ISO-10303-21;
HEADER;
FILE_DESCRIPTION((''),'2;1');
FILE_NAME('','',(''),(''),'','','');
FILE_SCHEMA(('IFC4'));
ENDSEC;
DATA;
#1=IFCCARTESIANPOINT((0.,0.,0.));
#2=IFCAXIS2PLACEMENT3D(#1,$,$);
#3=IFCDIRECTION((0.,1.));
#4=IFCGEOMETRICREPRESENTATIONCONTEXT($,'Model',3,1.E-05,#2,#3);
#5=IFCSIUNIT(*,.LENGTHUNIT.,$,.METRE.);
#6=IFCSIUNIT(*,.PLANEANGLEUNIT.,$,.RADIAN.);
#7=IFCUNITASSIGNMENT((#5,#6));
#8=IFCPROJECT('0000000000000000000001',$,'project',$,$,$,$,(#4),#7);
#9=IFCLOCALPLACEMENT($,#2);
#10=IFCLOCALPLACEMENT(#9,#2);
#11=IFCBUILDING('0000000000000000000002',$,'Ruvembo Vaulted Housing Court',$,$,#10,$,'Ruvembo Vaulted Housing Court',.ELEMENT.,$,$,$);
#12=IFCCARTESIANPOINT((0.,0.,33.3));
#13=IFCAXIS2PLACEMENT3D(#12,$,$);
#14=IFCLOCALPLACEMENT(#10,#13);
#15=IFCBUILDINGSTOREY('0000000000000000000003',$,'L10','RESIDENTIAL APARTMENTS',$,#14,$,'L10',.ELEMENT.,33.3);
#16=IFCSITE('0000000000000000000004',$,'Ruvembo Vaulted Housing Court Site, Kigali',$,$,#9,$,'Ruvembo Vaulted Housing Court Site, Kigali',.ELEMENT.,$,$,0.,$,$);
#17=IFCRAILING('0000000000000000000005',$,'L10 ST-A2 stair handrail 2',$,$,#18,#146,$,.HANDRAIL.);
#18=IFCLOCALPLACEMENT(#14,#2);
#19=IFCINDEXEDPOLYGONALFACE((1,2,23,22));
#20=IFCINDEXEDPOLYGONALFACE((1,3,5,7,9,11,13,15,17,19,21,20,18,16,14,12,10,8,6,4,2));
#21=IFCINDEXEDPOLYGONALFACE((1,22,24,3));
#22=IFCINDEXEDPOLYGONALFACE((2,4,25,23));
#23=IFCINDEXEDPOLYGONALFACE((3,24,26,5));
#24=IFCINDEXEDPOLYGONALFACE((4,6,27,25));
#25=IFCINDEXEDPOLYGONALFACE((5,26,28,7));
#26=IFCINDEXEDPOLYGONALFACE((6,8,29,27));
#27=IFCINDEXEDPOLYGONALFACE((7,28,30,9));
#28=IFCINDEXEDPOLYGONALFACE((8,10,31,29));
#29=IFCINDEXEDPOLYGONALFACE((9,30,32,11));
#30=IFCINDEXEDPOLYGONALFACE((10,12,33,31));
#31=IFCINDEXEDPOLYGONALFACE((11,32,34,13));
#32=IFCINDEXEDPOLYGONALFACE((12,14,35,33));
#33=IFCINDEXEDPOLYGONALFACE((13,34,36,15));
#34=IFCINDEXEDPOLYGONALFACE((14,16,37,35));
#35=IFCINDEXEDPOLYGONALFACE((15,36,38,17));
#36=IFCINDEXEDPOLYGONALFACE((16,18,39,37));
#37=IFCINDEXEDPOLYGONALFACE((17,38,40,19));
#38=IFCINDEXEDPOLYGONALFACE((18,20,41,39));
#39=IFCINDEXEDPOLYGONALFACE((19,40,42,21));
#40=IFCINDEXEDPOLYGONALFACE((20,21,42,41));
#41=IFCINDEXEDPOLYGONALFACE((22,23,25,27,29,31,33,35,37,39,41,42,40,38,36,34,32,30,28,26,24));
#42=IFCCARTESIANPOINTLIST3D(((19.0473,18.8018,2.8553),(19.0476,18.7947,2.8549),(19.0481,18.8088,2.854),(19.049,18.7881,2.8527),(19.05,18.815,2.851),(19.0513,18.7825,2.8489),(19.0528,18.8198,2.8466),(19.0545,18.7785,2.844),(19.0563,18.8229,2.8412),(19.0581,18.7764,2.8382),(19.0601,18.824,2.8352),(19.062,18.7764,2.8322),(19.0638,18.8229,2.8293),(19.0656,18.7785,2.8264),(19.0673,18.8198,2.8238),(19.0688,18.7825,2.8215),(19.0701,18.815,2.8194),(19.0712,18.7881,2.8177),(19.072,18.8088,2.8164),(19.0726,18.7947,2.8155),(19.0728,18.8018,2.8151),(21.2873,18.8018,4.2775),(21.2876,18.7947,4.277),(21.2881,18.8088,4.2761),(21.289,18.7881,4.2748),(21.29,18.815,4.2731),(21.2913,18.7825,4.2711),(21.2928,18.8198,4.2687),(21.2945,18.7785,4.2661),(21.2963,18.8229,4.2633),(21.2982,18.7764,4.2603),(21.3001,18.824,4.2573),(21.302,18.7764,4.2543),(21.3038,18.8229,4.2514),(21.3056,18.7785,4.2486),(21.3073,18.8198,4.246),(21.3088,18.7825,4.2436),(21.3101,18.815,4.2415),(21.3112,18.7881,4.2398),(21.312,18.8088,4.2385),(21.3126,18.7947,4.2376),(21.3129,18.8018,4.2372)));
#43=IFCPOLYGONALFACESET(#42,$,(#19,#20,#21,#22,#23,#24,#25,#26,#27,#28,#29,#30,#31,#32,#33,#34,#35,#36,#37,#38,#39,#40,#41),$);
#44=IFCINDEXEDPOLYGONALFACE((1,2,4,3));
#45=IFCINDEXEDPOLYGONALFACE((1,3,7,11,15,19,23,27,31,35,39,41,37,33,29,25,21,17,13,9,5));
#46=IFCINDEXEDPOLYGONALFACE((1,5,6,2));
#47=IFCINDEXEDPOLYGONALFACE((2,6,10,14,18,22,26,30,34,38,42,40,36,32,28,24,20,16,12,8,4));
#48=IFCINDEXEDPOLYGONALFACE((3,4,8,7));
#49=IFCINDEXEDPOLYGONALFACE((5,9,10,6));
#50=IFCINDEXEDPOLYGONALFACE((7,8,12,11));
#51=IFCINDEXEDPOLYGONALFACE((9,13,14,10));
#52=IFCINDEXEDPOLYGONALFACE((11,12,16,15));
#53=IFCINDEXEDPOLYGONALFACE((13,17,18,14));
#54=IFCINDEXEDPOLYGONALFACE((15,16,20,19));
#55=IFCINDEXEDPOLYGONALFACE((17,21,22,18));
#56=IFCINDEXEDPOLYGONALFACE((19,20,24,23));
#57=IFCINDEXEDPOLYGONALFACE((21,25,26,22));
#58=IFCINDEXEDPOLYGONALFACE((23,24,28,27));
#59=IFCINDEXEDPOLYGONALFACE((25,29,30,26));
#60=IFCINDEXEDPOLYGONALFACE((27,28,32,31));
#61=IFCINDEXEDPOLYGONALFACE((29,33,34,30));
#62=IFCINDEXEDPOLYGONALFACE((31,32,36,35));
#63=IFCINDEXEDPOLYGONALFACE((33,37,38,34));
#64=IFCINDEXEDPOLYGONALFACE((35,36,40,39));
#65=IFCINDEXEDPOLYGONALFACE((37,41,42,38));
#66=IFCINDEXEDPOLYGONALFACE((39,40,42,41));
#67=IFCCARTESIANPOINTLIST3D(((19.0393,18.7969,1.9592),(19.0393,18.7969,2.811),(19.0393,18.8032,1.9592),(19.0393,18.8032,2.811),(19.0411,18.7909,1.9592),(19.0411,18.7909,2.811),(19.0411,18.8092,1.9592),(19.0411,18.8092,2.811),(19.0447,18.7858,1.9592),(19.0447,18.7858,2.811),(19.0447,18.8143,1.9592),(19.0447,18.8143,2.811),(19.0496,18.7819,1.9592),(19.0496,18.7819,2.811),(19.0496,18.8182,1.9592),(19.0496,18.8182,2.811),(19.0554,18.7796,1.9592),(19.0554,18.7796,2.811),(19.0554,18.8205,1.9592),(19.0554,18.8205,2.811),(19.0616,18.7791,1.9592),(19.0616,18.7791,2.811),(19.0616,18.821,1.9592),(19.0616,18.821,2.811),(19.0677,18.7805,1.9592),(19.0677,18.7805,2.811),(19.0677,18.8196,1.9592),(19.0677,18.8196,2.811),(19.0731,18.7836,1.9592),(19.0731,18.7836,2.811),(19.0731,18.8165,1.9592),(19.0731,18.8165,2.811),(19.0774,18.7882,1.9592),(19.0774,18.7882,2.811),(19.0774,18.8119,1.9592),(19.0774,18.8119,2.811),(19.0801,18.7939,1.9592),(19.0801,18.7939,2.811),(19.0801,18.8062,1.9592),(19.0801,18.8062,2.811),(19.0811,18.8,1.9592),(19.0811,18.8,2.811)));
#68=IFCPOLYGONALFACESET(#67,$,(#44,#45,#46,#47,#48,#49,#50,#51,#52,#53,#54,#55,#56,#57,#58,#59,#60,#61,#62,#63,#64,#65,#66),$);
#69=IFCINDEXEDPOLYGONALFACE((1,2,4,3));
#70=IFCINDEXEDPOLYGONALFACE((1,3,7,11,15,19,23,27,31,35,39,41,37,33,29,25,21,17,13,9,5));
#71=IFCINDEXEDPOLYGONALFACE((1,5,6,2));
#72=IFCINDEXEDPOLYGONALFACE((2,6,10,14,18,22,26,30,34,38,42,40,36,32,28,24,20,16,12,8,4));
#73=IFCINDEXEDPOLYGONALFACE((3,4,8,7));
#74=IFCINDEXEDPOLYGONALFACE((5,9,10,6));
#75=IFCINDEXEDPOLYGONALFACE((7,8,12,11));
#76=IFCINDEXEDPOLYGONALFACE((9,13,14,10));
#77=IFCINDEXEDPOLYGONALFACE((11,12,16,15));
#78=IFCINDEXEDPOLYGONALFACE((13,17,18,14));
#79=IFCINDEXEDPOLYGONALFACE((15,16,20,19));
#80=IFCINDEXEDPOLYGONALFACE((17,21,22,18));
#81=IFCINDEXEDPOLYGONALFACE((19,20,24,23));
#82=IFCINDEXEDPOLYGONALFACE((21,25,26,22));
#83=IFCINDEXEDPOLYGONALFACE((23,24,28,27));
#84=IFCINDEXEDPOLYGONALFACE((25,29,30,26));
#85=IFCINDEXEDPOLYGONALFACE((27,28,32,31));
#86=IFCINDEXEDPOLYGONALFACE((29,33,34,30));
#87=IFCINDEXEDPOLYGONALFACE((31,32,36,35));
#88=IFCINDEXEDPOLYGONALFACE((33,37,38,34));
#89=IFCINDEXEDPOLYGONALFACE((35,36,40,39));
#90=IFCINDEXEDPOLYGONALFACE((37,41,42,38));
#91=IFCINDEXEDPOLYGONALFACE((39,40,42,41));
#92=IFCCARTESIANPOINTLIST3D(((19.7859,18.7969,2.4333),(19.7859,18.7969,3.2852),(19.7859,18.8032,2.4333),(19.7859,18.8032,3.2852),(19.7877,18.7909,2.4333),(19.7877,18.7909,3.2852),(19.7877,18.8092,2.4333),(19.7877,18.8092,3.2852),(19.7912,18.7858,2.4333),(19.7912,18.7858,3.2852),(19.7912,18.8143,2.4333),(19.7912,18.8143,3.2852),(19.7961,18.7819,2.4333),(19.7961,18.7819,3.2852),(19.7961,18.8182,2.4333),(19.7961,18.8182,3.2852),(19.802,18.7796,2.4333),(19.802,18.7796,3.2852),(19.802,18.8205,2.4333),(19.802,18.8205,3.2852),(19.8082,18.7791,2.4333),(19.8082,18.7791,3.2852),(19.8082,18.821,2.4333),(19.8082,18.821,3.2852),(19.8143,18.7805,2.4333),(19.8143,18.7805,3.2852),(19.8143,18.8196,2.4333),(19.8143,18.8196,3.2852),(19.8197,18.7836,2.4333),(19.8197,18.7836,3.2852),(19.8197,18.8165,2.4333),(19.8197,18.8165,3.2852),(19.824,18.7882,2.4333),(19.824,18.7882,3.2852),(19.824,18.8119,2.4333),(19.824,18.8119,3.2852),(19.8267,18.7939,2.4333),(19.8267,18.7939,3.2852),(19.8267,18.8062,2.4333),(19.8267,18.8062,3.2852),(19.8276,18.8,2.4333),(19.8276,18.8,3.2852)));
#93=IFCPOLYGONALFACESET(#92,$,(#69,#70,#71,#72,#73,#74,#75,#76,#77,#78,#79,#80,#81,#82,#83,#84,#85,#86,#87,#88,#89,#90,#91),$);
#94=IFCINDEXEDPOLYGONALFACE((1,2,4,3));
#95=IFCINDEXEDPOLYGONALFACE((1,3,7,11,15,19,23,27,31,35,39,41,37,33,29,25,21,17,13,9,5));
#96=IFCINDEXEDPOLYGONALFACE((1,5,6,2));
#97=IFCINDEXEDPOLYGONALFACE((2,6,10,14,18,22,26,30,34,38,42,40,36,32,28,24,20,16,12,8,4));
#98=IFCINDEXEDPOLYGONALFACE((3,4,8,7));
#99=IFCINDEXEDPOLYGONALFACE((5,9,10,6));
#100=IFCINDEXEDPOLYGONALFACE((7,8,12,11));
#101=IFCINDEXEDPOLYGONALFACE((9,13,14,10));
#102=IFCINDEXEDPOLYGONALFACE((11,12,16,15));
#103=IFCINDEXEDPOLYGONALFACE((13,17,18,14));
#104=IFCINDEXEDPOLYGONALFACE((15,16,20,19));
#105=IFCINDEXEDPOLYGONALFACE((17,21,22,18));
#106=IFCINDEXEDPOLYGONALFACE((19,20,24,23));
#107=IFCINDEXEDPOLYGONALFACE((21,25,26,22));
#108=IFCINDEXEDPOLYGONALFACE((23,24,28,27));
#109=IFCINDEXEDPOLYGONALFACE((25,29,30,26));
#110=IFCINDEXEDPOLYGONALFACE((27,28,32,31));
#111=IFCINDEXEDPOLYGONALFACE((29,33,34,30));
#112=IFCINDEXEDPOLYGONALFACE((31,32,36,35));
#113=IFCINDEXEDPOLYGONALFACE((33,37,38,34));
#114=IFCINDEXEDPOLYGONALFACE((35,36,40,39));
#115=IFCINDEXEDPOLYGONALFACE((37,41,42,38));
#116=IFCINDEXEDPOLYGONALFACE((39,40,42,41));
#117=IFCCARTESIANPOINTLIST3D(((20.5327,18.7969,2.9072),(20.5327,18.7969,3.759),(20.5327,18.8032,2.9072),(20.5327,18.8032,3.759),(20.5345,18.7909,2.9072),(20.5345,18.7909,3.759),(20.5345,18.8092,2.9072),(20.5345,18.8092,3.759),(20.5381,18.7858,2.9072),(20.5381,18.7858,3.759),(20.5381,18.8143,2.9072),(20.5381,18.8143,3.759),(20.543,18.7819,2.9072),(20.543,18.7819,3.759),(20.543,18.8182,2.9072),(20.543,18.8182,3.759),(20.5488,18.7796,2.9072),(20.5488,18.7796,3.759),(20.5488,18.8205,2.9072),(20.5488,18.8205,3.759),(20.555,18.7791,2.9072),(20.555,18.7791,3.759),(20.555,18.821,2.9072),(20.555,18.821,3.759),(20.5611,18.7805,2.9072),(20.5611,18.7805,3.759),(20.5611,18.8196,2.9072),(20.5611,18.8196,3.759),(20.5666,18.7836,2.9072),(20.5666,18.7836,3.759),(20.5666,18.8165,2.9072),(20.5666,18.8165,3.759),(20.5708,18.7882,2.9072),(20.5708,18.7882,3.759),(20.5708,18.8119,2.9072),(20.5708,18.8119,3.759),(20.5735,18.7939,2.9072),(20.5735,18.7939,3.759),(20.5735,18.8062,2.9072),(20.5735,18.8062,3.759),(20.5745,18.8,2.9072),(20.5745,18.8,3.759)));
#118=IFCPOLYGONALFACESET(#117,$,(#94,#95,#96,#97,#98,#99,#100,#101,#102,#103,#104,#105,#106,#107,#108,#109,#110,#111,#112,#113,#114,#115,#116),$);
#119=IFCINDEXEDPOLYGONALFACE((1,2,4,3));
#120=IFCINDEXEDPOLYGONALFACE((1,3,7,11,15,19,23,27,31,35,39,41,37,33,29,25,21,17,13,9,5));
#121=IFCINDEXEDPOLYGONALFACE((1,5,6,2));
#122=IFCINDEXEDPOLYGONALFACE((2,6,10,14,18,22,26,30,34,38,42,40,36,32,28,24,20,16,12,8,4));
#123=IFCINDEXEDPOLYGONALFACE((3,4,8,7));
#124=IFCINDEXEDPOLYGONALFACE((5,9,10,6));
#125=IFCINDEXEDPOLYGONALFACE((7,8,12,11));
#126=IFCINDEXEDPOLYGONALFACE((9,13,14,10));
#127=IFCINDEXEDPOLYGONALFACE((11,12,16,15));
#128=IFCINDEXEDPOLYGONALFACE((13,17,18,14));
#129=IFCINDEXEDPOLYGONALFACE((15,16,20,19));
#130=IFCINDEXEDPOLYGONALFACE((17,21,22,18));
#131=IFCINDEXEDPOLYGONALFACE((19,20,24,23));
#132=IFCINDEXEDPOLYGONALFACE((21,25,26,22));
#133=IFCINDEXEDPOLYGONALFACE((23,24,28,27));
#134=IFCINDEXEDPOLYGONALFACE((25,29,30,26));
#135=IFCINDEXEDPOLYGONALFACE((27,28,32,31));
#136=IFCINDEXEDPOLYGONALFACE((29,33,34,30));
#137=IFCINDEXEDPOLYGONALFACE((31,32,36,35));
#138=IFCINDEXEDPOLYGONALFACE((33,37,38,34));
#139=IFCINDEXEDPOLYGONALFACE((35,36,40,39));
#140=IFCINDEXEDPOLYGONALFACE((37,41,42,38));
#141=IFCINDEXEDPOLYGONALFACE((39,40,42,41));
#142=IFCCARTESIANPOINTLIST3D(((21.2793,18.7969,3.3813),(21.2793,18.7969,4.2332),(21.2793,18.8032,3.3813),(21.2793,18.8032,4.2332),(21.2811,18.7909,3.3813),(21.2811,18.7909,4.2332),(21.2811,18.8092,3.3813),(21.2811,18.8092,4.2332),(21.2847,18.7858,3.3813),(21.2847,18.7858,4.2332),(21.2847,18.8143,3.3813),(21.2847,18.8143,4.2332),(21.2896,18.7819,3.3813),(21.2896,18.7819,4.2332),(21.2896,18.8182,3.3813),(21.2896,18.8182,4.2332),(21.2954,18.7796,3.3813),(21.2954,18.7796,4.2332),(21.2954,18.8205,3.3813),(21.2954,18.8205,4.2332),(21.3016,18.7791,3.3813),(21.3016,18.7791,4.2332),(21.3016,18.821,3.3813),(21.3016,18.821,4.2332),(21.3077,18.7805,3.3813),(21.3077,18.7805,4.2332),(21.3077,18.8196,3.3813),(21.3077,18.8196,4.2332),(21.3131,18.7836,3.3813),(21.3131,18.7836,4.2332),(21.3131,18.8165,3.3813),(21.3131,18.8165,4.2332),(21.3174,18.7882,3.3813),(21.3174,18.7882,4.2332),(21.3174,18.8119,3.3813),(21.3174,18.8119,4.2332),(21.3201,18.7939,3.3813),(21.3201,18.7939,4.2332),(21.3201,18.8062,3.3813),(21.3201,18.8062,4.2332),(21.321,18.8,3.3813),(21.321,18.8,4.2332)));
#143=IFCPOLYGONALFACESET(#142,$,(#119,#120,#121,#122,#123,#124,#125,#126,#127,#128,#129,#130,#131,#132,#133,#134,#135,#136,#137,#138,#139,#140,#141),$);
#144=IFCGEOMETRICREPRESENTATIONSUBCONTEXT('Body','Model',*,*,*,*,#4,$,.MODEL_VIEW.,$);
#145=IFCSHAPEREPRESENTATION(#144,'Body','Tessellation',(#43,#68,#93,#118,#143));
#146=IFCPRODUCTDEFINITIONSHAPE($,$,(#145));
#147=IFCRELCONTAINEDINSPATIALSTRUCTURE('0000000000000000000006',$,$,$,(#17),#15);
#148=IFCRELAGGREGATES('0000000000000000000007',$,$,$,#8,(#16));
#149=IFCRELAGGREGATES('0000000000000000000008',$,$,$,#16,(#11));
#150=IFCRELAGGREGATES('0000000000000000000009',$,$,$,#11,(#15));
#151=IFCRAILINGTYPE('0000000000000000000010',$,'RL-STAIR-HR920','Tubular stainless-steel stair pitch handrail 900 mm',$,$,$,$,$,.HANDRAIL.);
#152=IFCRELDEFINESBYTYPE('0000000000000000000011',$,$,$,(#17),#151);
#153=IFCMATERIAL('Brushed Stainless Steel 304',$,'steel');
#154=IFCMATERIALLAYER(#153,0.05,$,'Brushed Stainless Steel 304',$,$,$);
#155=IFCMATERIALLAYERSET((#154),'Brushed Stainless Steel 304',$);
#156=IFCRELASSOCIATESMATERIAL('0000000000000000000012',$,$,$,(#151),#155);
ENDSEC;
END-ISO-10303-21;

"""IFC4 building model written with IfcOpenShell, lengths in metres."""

from ifc_helpers import new_model, si_unit, direction, frame, origin, origin_2d, place, context, subcontext, project, spatial, circle, extrude, material, layer, layer_set, type_object, element, save


model = new_model("IFC4")

# Units and contexts
model_context = context("Model", 3, precision=1e-05, world=origin(), true_north=direction((0.0, 1.0)))
body_context = subcontext(model_context, "Body", "Model", "MODEL_VIEW")
ifc_project = project(units=[si_unit("LENGTHUNIT", "METRE"), si_unit("PLANEANGLEUNIT", "RADIAN")], contexts=[model_context])

# Site, building, storey
site_placement = place(None, origin())
site = spatial("IfcSite", under=ifc_project, at=site_placement, Name="Ruvembo Vaulted Housing Court Site, Kigali", LongName="Ruvembo Vaulted Housing Court Site, Kigali", CompositionType="ELEMENT", RefElevation=0.0)
building_placement = place(site_placement, origin())
building = spatial("IfcBuilding", under=site, at=building_placement, Name="Ruvembo Vaulted Housing Court", LongName="Ruvembo Vaulted Housing Court", CompositionType="ELEMENT")
storey_placement = place(building_placement, frame((0.0, 0.0, 33.3)))
storey = spatial("IfcBuildingStorey", under=building, at=storey_placement, Name="L10", Description="RESIDENTIAL APARTMENTS", LongName="L10", CompositionType="ELEMENT", Elevation=33.3)

# Railing
ifc_material_1 = material(Name="Brushed Stainless Steel 304", Category="steel")
ifc_layer_1 = layer(ifc_material_1, 0.05, Name="Brushed Stainless Steel 304")
ifc_layer_set_1 = layer_set([ifc_layer_1], Name="Brushed Stainless Steel 304")
railing_type_1 = type_object("IfcRailingType", Name="RL-STAIR-HR920", Description="Tubular stainless-steel stair pitch handrail 900 mm", PredefinedType="HANDRAIL", material=ifc_layer_set_1)
railing_1_placement = place(storey_placement, frame((19.0601, 18.8, 1.9592)))
element("IfcRailing", 1, at=railing_1_placement, inside=storey, type_object=railing_type_1, Name="L10 ST-A2 stair handrail 2", PredefinedType="HANDRAIL", context=body_context, shape_type="SweptSolid", body=[
    extrude(circle(Radius=0.0239, at=origin_2d()), frame((0.0, 0.0, 0.876), z_axis=(0.844229, 0.0, 0.535982), x_axis=(0.0, 1.0, 0.0)), (0.0, 0.0, 1.0), 2.6533),
    extrude(circle(Radius=0.021, at=origin_2d()), origin(), (0.0, 0.0, 1.0), 0.8518),
    extrude(circle(Radius=0.021, at=origin_2d()), frame((0.7466, 0.0, 0.4741)), (0.0, 0.0, 1.0), 0.8518),
    extrude(circle(Radius=0.021, at=origin_2d()), frame((1.4934, 0.0, 0.948)), (0.0, 0.0, 1.0), 0.8518),
    extrude(circle(Radius=0.021, at=origin_2d()), frame((2.24, 0.0, 1.4221)), (0.0, 0.0, 1.0), 0.8518),
])

save(model, "model.ifc")
